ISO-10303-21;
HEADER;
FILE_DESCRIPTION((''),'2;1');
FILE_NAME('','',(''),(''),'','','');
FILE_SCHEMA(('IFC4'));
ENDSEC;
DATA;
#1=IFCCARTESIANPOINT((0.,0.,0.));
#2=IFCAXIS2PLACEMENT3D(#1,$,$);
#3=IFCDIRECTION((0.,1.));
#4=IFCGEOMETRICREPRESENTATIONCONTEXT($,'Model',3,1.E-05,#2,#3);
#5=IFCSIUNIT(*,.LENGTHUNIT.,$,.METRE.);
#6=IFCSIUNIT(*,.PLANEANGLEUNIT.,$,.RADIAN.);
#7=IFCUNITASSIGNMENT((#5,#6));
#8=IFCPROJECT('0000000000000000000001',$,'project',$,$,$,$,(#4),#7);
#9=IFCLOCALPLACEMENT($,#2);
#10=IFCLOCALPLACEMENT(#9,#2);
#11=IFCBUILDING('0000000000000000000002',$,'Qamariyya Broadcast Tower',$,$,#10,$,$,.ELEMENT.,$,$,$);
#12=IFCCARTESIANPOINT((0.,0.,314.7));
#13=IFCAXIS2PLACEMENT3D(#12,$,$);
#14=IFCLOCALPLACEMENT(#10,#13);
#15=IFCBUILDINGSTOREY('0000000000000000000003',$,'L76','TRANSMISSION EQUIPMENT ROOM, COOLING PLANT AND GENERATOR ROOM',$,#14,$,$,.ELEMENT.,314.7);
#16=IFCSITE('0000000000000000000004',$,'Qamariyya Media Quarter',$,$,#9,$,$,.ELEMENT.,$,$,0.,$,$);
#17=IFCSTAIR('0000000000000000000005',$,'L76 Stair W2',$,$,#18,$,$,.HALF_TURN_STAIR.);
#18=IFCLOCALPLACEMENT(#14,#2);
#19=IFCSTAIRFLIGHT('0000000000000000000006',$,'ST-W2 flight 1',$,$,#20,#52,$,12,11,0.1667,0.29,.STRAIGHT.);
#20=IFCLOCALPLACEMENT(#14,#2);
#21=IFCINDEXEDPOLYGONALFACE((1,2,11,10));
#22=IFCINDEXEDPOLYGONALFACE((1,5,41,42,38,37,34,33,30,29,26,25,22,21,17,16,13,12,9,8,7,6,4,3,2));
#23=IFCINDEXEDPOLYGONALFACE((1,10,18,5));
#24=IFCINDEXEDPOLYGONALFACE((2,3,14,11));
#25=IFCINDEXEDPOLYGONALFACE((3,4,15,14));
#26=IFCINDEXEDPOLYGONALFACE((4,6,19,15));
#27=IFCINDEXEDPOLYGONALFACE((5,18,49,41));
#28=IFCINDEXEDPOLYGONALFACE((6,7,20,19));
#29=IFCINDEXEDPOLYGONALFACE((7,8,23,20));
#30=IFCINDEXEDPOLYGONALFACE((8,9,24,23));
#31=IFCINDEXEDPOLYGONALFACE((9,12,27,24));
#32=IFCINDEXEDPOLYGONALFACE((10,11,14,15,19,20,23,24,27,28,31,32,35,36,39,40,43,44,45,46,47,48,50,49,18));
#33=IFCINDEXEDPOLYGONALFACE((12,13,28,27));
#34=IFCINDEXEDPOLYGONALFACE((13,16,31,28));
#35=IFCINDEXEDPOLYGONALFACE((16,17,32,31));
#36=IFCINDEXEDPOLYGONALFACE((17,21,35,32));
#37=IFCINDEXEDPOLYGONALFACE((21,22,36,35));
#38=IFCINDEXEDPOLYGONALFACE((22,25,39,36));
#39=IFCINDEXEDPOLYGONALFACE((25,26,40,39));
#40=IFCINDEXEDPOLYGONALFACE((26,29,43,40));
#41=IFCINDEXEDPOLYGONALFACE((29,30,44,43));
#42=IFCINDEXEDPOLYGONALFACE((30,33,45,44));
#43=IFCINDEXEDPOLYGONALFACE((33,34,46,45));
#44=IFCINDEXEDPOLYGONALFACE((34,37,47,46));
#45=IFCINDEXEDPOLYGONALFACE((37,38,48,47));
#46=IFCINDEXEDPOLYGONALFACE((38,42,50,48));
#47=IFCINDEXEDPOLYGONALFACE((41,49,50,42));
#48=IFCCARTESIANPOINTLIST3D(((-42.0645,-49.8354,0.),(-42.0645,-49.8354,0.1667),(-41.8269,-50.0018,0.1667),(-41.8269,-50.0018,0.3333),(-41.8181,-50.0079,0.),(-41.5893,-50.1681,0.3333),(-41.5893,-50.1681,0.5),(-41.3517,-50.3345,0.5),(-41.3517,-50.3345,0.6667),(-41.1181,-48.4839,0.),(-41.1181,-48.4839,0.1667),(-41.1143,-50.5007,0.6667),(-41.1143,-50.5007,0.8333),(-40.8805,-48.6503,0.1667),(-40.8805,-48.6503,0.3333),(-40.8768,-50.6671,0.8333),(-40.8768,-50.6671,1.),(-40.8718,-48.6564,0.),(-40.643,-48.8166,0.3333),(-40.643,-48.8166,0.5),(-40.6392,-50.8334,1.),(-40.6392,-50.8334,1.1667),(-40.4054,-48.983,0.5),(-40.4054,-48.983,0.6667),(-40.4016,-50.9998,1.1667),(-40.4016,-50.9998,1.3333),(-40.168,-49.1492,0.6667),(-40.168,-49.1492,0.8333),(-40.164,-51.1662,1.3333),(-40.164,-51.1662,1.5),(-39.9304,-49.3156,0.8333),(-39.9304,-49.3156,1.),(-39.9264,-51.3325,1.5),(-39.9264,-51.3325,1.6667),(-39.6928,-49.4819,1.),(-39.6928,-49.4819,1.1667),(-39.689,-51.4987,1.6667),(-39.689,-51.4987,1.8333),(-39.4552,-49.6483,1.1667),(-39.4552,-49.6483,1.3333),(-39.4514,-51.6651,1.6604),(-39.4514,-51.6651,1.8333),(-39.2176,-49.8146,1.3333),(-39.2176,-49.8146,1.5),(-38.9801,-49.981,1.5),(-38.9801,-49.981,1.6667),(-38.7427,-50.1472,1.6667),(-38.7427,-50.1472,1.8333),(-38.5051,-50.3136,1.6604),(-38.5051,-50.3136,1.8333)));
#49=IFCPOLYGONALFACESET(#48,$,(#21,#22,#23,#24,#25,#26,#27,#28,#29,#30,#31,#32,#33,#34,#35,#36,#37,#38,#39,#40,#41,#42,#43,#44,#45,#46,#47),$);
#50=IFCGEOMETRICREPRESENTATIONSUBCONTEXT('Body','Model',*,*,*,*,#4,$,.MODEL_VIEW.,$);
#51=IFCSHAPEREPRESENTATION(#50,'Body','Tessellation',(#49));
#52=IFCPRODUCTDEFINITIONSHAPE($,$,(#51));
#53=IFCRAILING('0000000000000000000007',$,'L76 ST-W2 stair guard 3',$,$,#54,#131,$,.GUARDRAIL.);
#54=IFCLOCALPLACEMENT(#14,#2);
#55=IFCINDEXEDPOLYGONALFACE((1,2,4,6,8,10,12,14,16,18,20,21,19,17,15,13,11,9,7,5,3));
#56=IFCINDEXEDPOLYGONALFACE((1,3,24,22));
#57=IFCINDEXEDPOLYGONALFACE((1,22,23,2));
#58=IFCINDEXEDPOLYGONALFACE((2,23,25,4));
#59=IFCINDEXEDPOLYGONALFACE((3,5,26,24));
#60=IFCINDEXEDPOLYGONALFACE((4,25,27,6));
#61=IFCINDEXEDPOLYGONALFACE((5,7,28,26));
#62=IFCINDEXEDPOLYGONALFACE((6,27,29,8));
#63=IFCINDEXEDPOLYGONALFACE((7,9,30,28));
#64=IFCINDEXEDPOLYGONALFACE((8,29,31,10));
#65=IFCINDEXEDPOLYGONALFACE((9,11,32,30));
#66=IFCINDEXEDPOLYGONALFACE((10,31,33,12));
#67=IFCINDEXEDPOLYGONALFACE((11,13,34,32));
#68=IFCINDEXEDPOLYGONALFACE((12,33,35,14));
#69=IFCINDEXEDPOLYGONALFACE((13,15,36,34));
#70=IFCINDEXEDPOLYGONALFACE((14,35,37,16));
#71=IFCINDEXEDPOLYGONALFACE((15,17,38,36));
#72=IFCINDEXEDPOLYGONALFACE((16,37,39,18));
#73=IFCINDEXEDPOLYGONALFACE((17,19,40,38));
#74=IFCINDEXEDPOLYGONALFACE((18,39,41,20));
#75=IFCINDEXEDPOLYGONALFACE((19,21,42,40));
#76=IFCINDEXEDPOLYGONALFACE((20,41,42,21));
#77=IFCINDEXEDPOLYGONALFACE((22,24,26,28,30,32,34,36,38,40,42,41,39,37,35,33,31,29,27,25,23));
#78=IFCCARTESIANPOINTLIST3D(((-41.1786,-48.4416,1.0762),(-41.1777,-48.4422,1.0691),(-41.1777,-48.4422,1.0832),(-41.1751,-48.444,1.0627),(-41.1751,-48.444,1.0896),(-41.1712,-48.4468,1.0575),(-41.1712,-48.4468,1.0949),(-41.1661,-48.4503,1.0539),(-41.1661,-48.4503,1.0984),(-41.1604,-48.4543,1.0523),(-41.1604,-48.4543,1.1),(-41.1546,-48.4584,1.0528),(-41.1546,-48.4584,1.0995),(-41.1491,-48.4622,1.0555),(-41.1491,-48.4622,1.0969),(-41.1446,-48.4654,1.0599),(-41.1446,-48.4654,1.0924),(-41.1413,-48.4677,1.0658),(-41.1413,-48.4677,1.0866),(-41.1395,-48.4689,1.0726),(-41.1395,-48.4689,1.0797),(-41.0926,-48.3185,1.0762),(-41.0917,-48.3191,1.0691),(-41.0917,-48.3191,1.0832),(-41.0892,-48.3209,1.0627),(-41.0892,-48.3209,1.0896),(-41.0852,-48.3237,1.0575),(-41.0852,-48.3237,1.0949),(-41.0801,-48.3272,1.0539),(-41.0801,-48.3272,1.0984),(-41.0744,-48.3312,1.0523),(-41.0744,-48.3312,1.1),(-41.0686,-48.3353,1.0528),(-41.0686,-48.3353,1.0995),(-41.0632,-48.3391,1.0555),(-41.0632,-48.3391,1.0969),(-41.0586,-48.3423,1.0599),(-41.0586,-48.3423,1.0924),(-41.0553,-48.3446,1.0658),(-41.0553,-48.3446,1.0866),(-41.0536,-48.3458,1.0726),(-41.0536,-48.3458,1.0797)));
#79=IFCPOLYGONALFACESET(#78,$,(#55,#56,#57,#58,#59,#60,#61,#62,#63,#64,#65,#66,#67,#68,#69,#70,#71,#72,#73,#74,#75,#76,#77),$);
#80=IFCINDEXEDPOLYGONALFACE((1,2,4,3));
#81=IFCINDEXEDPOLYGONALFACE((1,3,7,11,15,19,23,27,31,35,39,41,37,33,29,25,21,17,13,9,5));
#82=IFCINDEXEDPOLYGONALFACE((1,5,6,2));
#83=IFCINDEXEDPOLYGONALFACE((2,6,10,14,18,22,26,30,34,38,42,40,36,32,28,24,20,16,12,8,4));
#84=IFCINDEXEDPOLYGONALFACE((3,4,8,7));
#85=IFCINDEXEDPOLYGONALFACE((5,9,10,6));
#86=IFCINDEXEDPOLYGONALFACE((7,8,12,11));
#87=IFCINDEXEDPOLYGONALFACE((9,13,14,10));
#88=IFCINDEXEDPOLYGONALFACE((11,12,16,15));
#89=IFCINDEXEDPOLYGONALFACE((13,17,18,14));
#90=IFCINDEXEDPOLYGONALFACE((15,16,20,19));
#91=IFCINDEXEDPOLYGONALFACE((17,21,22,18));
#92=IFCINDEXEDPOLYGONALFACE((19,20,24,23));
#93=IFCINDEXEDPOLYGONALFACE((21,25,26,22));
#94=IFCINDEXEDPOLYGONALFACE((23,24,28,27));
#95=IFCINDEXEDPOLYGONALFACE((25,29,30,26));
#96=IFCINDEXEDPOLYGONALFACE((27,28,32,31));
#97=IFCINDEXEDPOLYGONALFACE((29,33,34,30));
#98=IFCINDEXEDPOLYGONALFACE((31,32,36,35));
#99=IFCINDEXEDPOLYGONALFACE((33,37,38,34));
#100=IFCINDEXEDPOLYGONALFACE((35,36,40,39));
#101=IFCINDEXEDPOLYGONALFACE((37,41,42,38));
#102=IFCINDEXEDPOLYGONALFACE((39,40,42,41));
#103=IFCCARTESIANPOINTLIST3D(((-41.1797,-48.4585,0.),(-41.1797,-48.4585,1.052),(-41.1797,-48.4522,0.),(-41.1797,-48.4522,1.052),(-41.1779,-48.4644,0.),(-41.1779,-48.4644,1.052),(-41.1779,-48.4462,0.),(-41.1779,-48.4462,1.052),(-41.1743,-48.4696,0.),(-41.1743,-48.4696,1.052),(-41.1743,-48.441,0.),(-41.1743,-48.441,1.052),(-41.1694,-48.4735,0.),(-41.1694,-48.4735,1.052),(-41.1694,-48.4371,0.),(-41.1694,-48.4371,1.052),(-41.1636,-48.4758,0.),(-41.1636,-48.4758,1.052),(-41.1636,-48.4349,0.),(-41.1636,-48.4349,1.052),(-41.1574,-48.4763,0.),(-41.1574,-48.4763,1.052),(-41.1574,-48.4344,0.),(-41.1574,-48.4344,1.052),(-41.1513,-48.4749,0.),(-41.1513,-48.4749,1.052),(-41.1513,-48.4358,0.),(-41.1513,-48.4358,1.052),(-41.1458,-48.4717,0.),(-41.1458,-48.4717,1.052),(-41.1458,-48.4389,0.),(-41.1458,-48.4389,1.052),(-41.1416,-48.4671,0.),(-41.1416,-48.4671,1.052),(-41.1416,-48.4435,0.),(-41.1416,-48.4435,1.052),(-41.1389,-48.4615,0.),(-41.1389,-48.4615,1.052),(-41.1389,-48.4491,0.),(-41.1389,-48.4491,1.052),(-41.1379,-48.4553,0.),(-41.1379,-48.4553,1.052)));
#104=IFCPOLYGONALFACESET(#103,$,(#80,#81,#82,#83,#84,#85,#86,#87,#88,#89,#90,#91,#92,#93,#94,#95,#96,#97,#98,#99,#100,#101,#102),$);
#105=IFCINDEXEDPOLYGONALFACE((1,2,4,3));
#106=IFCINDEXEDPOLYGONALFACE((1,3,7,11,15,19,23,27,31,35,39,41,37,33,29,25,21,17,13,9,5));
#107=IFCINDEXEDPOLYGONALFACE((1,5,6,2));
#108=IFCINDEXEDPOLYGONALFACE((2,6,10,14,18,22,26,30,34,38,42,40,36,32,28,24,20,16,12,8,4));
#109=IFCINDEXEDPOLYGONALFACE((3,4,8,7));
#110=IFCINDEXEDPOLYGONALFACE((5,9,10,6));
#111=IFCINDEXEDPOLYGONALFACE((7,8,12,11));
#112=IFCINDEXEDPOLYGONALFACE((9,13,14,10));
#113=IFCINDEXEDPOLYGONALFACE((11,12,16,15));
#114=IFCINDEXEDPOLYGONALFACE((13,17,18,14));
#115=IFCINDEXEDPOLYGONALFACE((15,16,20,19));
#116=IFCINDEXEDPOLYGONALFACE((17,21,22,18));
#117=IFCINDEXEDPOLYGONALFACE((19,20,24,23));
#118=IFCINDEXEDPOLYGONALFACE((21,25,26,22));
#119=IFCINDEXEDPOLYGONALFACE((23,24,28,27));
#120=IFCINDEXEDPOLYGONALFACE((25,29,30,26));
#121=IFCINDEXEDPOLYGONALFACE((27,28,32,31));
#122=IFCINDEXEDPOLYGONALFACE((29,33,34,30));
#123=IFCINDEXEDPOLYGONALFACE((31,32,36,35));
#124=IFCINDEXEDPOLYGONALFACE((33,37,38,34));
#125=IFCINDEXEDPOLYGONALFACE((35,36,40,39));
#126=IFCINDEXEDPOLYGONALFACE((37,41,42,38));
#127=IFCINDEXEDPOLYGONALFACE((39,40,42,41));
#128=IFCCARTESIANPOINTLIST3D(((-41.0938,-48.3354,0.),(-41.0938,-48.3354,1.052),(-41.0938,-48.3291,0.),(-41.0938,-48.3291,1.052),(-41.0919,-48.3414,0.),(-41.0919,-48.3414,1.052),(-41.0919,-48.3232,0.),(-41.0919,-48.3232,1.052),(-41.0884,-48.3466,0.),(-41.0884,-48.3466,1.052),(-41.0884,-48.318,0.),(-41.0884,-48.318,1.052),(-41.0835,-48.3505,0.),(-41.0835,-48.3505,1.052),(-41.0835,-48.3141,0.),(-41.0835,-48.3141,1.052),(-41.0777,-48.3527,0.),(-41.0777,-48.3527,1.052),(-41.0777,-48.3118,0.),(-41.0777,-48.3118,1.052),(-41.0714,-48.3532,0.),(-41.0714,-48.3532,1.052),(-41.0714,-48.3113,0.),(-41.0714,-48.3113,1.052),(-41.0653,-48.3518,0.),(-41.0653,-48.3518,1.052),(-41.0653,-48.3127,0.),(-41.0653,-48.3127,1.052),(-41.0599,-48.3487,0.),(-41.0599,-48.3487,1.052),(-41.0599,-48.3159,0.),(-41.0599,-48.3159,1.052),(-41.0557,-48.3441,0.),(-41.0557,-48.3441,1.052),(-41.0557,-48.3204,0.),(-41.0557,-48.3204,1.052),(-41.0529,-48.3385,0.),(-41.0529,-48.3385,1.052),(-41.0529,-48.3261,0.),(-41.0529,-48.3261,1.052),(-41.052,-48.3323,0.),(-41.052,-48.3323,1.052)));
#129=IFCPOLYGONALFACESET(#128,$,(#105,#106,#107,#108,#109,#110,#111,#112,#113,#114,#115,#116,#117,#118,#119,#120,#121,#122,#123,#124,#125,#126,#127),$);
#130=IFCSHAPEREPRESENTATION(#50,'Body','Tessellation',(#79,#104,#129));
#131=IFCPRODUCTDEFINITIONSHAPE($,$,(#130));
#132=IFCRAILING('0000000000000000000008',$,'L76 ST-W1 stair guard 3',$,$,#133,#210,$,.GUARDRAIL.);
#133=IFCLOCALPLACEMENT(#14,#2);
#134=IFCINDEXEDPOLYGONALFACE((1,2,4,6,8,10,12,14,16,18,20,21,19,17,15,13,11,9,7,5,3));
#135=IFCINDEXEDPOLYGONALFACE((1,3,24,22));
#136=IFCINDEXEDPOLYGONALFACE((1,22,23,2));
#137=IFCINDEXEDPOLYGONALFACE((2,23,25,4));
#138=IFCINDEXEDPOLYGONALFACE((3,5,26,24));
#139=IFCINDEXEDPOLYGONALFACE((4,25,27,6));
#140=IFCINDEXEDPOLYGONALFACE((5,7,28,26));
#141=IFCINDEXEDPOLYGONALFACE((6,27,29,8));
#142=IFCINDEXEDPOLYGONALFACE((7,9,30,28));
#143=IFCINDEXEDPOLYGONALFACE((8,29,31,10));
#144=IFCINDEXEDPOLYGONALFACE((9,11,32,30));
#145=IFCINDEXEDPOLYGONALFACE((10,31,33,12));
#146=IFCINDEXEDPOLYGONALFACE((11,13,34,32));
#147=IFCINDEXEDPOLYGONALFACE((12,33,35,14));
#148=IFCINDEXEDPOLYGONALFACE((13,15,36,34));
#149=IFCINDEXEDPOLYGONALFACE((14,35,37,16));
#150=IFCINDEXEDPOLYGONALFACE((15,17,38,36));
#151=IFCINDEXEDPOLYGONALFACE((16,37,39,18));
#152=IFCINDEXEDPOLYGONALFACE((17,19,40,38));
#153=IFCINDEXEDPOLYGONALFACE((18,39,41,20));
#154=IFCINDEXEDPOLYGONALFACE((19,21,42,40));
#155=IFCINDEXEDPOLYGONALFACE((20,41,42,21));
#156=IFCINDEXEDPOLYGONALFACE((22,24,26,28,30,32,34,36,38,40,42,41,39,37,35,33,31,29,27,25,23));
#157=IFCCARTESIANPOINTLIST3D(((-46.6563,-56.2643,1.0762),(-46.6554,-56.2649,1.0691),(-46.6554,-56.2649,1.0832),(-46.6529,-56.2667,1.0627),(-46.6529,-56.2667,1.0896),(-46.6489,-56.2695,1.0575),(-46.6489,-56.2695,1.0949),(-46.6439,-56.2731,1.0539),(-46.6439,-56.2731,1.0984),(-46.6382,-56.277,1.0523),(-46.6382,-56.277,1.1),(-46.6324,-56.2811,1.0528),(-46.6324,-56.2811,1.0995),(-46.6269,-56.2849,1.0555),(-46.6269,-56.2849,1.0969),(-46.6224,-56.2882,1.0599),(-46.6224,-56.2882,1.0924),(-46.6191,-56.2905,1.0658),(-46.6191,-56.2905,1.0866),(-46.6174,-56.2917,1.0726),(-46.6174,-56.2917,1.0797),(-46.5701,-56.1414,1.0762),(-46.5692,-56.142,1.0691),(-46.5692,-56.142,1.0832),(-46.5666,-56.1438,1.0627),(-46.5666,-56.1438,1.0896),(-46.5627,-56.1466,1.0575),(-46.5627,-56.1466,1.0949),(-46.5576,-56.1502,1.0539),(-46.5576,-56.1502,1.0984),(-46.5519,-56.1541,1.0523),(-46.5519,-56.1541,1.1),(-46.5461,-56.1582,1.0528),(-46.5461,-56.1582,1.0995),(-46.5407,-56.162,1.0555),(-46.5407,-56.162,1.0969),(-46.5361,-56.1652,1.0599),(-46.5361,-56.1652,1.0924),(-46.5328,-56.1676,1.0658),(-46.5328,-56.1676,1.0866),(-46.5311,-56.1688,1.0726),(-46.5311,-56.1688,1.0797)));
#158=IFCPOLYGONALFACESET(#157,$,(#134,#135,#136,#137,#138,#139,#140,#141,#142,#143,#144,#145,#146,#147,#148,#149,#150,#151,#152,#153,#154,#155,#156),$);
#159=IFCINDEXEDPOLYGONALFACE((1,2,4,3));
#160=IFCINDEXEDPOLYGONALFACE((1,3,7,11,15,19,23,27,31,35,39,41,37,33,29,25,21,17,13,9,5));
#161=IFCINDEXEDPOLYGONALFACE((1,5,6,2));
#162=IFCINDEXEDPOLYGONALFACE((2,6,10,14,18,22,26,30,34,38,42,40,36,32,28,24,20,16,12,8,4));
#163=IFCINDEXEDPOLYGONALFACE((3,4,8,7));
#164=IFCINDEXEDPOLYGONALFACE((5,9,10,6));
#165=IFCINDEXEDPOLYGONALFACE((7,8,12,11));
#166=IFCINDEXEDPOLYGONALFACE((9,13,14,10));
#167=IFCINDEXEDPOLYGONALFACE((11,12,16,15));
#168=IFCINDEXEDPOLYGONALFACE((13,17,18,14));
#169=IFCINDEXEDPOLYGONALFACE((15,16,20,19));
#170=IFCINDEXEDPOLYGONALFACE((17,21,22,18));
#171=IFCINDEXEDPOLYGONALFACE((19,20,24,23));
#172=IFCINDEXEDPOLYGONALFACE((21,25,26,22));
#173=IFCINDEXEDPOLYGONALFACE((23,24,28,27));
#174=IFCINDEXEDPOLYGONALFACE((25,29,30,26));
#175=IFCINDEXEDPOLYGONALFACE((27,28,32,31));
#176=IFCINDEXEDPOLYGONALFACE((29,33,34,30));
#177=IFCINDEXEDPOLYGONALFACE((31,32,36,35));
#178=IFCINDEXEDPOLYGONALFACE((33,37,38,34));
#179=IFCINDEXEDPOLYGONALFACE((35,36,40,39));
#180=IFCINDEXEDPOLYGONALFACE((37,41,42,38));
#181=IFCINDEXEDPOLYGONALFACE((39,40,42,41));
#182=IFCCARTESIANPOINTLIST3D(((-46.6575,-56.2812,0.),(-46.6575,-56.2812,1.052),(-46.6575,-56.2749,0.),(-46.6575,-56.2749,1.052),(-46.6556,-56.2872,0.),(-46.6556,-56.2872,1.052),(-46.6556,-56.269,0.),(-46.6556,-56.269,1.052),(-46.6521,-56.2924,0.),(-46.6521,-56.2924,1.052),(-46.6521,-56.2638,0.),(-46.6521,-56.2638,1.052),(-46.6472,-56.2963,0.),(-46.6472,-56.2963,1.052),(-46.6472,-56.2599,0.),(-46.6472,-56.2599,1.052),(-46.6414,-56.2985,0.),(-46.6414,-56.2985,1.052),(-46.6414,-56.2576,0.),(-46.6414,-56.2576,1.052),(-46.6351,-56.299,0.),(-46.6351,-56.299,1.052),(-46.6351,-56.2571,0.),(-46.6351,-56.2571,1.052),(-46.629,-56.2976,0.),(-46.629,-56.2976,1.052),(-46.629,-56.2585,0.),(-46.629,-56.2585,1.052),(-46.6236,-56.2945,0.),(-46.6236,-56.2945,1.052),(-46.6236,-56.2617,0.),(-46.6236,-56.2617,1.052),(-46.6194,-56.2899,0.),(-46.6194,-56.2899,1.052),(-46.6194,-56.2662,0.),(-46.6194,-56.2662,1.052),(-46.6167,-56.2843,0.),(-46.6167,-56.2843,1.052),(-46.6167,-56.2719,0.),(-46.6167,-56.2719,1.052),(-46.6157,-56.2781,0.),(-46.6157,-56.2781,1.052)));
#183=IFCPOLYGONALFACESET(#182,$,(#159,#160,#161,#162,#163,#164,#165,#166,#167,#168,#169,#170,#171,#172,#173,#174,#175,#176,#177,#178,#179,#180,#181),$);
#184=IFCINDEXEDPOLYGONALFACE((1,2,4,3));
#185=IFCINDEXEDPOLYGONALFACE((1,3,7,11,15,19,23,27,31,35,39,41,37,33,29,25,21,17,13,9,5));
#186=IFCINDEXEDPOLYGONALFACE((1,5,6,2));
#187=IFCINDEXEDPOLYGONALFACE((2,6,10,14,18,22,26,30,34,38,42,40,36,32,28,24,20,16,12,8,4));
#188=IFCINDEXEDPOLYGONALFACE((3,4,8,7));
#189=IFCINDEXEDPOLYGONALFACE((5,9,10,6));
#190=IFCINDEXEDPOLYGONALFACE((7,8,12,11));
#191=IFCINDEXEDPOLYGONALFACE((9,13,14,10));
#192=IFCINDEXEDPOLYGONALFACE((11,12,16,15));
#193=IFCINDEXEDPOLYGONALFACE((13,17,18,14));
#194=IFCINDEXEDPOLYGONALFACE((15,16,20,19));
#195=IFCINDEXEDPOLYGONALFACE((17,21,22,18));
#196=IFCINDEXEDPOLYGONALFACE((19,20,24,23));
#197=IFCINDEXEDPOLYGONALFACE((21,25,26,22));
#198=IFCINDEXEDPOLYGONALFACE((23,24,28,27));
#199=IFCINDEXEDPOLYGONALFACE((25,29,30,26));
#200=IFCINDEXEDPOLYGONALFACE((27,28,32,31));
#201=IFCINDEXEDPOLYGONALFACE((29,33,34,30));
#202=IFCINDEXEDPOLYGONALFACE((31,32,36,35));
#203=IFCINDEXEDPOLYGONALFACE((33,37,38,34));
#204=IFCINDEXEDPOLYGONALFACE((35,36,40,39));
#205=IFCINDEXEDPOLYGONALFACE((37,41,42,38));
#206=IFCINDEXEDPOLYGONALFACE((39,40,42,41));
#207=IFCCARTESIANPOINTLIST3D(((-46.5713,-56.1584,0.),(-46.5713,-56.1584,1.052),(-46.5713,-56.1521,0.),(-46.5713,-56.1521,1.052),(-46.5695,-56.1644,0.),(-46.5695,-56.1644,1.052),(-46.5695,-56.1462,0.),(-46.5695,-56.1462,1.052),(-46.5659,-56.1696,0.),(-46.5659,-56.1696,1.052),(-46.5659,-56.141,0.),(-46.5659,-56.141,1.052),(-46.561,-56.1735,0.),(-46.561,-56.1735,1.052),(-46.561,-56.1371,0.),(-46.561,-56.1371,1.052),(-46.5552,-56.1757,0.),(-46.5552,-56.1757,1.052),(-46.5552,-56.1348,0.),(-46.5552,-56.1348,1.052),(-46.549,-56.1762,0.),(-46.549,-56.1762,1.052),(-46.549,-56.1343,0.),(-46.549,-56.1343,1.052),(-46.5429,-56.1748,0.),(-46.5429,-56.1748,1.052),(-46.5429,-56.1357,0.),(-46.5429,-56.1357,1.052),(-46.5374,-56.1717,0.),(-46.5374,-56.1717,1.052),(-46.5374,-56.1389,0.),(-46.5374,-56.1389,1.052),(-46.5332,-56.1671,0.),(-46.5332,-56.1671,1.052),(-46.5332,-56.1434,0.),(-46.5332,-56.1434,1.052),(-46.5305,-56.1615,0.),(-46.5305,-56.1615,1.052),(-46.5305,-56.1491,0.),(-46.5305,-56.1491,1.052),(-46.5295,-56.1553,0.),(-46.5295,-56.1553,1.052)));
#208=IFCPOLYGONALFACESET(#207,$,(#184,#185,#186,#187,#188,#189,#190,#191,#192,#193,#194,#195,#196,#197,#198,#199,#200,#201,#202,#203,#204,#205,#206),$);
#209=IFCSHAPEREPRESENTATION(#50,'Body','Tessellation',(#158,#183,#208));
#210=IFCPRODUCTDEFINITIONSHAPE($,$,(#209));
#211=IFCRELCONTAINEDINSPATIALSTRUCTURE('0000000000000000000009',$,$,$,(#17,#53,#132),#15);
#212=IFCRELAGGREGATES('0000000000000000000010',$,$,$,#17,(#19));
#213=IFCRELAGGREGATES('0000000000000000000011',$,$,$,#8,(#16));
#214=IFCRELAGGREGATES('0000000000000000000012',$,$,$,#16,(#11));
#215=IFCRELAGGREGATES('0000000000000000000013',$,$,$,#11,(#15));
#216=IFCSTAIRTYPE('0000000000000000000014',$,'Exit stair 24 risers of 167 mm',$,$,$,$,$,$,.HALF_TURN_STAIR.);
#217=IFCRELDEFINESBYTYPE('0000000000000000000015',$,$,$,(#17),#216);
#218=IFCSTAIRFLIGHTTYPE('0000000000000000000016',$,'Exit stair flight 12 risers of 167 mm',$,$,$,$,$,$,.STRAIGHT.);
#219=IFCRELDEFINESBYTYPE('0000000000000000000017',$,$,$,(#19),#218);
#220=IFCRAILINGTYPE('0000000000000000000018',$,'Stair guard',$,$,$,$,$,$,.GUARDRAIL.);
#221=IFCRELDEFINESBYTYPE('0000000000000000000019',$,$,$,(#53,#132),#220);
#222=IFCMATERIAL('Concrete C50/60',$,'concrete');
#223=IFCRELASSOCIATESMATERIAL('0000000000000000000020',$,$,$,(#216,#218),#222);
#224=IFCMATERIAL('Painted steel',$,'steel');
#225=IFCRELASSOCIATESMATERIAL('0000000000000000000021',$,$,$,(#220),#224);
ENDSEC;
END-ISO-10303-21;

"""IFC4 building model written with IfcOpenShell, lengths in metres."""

from ifc_helpers import new_model, si_unit, direction, frame, origin, origin_2d, place, context, subcontext, project, spatial, polyline, circle, outline, extrude, material, type_object, element, aggregate, save


model = new_model("IFC4")

# Units and contexts
model_context = context("Model", 3, precision=1e-05, world=origin(), true_north=direction((0.0, 1.0)))
body_context = subcontext(model_context, "Body", "Model", "MODEL_VIEW")
ifc_project = project(units=[si_unit("LENGTHUNIT", "METRE"), si_unit("PLANEANGLEUNIT", "RADIAN")], contexts=[model_context])

# Site, building, storey
site_placement = place(None, origin())
site = spatial("IfcSite", under=ifc_project, at=site_placement, Name="Qamariyya Media Quarter", CompositionType="ELEMENT", RefElevation=0.0)
building_placement = place(site_placement, origin())
building = spatial("IfcBuilding", under=site, at=building_placement, Name="Qamariyya Broadcast Tower", CompositionType="ELEMENT")
storey_placement = place(building_placement, frame((0.0, 0.0, 314.7)))
storey = spatial("IfcBuildingStorey", under=building, at=storey_placement, Name="L76", Description="TRANSMISSION EQUIPMENT ROOM, COOLING PLANT AND GENERATOR ROOM", CompositionType="ELEMENT", Elevation=314.7)

# Shared definitions
ifc_material_1 = material(Name="Concrete C50/60", Category="concrete")

# Stair, stair flight
stair_type = type_object("IfcStairType", Name="Exit stair 24 risers of 167 mm", PredefinedType="HALF_TURN_STAIR", material=ifc_material_1)
stair_placement = place(storey_placement, origin())
stair = element("IfcStair", 1, at=stair_placement, inside=storey, type_object=stair_type, Name="L76 Stair W2", PredefinedType="HALF_TURN_STAIR")
stair_flight_type = type_object("IfcStairFlightType", Name="Exit stair flight 12 risers of 167 mm", PredefinedType="STRAIGHT", material=ifc_material_1)
stair_flight_placement = place(storey_placement, frame((-41.5913, -49.1597, 0.0), z_axis=(0.0, 0.0, 1.0), x_axis=(0.819152, -0.573576, 0.0)))
stair_flight = element("IfcStairFlight", 2, at=stair_flight_placement, type_object=stair_flight_type, Name="ST-W2 flight 1", NumberOfRisers=12, NumberOfTreads=11, PredefinedType="STRAIGHT", RiserHeight=0.1667, TreadLength=0.29, context=body_context, shape_type="SweptSolid", body=[
    extrude(outline(polyline([(0.0, 0.0), (0.0, 0.1667), (0.29, 0.1667), (0.29, 0.3333), (0.5801, 0.3333), (0.5801, 0.5), (0.8701, 0.5), (0.8701, 0.6667), (1.1599, 0.6667), (1.1599, 0.8333), (1.45, 0.8333), (1.45, 1.0), (1.74, 1.0), (1.74, 1.1667), (2.03, 1.1667), (2.03, 1.3333), (2.3201, 1.3333), (2.3201, 1.5), (2.6101, 1.5), (2.6101, 1.6667), (2.8999, 1.6667), (2.8999, 1.8333), (3.1899, 1.8333), (3.1899, 2.0), (3.1899, 1.6604), (0.3008, 0.0), (0.0, 0.0)])), frame((0.0, 0.825, 0.0), z_axis=(0.0, -1.0, 0.0), x_axis=(1.0, 0.0, 0.0)), (0.0, 0.0, 1.0), 1.6499),
])
aggregate(stair, [stair_flight])

# Railings
ifc_material_2 = material(Name="Painted steel", Category="steel")
railing_type_1 = type_object("IfcRailingType", Name="Stair guard", PredefinedType="GUARDRAIL", material=ifc_material_2)
railing_1_placement = place(storey_placement, frame((-41.1589, -48.4553, 0.0)))
element("IfcRailing", 3, at=railing_1_placement, inside=storey, type_object=railing_type_1, Name="L76 ST-W2 stair guard 3", PredefinedType="GUARDRAIL", context=body_context, shape_type="SweptSolid", body=[
    extrude(circle(Radius=0.0239, at=origin_2d()), frame((0.0, 0.0, 1.0762), z_axis=(0.572589, 0.819843, 0.0), x_axis=(-0.819843, 0.572589, 0.0)), (0.0, 0.0, 1.0), 0.1501),
    extrude(circle(Radius=0.021, at=origin_2d()), origin(), (0.0, 0.0, 1.0), 1.052),
    extrude(circle(Radius=0.021, at=origin_2d()), frame((0.0859, 0.123, 0.0)), (0.0, 0.0, 1.0), 1.052),
])
railing_2_placement = place(storey_placement, frame((-46.6367, -56.2781, 0.0)))
element("IfcRailing", 4, at=railing_2_placement, inside=storey, type_object=railing_type_1, Name="L76 ST-W1 stair guard 3", PredefinedType="GUARDRAIL", context=body_context, shape_type="SweptSolid", body=[
    extrude(circle(Radius=0.0239, at=origin_2d()), frame((0.0, 0.0, 1.0762), z_axis=(0.574445, 0.818543, 0.0), x_axis=(-0.818543, 0.574445, 0.0)), (0.0, 0.0, 1.0), 0.1501),
    extrude(circle(Radius=0.021, at=origin_2d()), origin(), (0.0, 0.0, 1.0), 1.052),
    extrude(circle(Radius=0.021, at=origin_2d()), frame((0.0862, 0.1228, 0.0)), (0.0, 0.0, 1.0), 1.052),
])

save(model, "model.ifc")
